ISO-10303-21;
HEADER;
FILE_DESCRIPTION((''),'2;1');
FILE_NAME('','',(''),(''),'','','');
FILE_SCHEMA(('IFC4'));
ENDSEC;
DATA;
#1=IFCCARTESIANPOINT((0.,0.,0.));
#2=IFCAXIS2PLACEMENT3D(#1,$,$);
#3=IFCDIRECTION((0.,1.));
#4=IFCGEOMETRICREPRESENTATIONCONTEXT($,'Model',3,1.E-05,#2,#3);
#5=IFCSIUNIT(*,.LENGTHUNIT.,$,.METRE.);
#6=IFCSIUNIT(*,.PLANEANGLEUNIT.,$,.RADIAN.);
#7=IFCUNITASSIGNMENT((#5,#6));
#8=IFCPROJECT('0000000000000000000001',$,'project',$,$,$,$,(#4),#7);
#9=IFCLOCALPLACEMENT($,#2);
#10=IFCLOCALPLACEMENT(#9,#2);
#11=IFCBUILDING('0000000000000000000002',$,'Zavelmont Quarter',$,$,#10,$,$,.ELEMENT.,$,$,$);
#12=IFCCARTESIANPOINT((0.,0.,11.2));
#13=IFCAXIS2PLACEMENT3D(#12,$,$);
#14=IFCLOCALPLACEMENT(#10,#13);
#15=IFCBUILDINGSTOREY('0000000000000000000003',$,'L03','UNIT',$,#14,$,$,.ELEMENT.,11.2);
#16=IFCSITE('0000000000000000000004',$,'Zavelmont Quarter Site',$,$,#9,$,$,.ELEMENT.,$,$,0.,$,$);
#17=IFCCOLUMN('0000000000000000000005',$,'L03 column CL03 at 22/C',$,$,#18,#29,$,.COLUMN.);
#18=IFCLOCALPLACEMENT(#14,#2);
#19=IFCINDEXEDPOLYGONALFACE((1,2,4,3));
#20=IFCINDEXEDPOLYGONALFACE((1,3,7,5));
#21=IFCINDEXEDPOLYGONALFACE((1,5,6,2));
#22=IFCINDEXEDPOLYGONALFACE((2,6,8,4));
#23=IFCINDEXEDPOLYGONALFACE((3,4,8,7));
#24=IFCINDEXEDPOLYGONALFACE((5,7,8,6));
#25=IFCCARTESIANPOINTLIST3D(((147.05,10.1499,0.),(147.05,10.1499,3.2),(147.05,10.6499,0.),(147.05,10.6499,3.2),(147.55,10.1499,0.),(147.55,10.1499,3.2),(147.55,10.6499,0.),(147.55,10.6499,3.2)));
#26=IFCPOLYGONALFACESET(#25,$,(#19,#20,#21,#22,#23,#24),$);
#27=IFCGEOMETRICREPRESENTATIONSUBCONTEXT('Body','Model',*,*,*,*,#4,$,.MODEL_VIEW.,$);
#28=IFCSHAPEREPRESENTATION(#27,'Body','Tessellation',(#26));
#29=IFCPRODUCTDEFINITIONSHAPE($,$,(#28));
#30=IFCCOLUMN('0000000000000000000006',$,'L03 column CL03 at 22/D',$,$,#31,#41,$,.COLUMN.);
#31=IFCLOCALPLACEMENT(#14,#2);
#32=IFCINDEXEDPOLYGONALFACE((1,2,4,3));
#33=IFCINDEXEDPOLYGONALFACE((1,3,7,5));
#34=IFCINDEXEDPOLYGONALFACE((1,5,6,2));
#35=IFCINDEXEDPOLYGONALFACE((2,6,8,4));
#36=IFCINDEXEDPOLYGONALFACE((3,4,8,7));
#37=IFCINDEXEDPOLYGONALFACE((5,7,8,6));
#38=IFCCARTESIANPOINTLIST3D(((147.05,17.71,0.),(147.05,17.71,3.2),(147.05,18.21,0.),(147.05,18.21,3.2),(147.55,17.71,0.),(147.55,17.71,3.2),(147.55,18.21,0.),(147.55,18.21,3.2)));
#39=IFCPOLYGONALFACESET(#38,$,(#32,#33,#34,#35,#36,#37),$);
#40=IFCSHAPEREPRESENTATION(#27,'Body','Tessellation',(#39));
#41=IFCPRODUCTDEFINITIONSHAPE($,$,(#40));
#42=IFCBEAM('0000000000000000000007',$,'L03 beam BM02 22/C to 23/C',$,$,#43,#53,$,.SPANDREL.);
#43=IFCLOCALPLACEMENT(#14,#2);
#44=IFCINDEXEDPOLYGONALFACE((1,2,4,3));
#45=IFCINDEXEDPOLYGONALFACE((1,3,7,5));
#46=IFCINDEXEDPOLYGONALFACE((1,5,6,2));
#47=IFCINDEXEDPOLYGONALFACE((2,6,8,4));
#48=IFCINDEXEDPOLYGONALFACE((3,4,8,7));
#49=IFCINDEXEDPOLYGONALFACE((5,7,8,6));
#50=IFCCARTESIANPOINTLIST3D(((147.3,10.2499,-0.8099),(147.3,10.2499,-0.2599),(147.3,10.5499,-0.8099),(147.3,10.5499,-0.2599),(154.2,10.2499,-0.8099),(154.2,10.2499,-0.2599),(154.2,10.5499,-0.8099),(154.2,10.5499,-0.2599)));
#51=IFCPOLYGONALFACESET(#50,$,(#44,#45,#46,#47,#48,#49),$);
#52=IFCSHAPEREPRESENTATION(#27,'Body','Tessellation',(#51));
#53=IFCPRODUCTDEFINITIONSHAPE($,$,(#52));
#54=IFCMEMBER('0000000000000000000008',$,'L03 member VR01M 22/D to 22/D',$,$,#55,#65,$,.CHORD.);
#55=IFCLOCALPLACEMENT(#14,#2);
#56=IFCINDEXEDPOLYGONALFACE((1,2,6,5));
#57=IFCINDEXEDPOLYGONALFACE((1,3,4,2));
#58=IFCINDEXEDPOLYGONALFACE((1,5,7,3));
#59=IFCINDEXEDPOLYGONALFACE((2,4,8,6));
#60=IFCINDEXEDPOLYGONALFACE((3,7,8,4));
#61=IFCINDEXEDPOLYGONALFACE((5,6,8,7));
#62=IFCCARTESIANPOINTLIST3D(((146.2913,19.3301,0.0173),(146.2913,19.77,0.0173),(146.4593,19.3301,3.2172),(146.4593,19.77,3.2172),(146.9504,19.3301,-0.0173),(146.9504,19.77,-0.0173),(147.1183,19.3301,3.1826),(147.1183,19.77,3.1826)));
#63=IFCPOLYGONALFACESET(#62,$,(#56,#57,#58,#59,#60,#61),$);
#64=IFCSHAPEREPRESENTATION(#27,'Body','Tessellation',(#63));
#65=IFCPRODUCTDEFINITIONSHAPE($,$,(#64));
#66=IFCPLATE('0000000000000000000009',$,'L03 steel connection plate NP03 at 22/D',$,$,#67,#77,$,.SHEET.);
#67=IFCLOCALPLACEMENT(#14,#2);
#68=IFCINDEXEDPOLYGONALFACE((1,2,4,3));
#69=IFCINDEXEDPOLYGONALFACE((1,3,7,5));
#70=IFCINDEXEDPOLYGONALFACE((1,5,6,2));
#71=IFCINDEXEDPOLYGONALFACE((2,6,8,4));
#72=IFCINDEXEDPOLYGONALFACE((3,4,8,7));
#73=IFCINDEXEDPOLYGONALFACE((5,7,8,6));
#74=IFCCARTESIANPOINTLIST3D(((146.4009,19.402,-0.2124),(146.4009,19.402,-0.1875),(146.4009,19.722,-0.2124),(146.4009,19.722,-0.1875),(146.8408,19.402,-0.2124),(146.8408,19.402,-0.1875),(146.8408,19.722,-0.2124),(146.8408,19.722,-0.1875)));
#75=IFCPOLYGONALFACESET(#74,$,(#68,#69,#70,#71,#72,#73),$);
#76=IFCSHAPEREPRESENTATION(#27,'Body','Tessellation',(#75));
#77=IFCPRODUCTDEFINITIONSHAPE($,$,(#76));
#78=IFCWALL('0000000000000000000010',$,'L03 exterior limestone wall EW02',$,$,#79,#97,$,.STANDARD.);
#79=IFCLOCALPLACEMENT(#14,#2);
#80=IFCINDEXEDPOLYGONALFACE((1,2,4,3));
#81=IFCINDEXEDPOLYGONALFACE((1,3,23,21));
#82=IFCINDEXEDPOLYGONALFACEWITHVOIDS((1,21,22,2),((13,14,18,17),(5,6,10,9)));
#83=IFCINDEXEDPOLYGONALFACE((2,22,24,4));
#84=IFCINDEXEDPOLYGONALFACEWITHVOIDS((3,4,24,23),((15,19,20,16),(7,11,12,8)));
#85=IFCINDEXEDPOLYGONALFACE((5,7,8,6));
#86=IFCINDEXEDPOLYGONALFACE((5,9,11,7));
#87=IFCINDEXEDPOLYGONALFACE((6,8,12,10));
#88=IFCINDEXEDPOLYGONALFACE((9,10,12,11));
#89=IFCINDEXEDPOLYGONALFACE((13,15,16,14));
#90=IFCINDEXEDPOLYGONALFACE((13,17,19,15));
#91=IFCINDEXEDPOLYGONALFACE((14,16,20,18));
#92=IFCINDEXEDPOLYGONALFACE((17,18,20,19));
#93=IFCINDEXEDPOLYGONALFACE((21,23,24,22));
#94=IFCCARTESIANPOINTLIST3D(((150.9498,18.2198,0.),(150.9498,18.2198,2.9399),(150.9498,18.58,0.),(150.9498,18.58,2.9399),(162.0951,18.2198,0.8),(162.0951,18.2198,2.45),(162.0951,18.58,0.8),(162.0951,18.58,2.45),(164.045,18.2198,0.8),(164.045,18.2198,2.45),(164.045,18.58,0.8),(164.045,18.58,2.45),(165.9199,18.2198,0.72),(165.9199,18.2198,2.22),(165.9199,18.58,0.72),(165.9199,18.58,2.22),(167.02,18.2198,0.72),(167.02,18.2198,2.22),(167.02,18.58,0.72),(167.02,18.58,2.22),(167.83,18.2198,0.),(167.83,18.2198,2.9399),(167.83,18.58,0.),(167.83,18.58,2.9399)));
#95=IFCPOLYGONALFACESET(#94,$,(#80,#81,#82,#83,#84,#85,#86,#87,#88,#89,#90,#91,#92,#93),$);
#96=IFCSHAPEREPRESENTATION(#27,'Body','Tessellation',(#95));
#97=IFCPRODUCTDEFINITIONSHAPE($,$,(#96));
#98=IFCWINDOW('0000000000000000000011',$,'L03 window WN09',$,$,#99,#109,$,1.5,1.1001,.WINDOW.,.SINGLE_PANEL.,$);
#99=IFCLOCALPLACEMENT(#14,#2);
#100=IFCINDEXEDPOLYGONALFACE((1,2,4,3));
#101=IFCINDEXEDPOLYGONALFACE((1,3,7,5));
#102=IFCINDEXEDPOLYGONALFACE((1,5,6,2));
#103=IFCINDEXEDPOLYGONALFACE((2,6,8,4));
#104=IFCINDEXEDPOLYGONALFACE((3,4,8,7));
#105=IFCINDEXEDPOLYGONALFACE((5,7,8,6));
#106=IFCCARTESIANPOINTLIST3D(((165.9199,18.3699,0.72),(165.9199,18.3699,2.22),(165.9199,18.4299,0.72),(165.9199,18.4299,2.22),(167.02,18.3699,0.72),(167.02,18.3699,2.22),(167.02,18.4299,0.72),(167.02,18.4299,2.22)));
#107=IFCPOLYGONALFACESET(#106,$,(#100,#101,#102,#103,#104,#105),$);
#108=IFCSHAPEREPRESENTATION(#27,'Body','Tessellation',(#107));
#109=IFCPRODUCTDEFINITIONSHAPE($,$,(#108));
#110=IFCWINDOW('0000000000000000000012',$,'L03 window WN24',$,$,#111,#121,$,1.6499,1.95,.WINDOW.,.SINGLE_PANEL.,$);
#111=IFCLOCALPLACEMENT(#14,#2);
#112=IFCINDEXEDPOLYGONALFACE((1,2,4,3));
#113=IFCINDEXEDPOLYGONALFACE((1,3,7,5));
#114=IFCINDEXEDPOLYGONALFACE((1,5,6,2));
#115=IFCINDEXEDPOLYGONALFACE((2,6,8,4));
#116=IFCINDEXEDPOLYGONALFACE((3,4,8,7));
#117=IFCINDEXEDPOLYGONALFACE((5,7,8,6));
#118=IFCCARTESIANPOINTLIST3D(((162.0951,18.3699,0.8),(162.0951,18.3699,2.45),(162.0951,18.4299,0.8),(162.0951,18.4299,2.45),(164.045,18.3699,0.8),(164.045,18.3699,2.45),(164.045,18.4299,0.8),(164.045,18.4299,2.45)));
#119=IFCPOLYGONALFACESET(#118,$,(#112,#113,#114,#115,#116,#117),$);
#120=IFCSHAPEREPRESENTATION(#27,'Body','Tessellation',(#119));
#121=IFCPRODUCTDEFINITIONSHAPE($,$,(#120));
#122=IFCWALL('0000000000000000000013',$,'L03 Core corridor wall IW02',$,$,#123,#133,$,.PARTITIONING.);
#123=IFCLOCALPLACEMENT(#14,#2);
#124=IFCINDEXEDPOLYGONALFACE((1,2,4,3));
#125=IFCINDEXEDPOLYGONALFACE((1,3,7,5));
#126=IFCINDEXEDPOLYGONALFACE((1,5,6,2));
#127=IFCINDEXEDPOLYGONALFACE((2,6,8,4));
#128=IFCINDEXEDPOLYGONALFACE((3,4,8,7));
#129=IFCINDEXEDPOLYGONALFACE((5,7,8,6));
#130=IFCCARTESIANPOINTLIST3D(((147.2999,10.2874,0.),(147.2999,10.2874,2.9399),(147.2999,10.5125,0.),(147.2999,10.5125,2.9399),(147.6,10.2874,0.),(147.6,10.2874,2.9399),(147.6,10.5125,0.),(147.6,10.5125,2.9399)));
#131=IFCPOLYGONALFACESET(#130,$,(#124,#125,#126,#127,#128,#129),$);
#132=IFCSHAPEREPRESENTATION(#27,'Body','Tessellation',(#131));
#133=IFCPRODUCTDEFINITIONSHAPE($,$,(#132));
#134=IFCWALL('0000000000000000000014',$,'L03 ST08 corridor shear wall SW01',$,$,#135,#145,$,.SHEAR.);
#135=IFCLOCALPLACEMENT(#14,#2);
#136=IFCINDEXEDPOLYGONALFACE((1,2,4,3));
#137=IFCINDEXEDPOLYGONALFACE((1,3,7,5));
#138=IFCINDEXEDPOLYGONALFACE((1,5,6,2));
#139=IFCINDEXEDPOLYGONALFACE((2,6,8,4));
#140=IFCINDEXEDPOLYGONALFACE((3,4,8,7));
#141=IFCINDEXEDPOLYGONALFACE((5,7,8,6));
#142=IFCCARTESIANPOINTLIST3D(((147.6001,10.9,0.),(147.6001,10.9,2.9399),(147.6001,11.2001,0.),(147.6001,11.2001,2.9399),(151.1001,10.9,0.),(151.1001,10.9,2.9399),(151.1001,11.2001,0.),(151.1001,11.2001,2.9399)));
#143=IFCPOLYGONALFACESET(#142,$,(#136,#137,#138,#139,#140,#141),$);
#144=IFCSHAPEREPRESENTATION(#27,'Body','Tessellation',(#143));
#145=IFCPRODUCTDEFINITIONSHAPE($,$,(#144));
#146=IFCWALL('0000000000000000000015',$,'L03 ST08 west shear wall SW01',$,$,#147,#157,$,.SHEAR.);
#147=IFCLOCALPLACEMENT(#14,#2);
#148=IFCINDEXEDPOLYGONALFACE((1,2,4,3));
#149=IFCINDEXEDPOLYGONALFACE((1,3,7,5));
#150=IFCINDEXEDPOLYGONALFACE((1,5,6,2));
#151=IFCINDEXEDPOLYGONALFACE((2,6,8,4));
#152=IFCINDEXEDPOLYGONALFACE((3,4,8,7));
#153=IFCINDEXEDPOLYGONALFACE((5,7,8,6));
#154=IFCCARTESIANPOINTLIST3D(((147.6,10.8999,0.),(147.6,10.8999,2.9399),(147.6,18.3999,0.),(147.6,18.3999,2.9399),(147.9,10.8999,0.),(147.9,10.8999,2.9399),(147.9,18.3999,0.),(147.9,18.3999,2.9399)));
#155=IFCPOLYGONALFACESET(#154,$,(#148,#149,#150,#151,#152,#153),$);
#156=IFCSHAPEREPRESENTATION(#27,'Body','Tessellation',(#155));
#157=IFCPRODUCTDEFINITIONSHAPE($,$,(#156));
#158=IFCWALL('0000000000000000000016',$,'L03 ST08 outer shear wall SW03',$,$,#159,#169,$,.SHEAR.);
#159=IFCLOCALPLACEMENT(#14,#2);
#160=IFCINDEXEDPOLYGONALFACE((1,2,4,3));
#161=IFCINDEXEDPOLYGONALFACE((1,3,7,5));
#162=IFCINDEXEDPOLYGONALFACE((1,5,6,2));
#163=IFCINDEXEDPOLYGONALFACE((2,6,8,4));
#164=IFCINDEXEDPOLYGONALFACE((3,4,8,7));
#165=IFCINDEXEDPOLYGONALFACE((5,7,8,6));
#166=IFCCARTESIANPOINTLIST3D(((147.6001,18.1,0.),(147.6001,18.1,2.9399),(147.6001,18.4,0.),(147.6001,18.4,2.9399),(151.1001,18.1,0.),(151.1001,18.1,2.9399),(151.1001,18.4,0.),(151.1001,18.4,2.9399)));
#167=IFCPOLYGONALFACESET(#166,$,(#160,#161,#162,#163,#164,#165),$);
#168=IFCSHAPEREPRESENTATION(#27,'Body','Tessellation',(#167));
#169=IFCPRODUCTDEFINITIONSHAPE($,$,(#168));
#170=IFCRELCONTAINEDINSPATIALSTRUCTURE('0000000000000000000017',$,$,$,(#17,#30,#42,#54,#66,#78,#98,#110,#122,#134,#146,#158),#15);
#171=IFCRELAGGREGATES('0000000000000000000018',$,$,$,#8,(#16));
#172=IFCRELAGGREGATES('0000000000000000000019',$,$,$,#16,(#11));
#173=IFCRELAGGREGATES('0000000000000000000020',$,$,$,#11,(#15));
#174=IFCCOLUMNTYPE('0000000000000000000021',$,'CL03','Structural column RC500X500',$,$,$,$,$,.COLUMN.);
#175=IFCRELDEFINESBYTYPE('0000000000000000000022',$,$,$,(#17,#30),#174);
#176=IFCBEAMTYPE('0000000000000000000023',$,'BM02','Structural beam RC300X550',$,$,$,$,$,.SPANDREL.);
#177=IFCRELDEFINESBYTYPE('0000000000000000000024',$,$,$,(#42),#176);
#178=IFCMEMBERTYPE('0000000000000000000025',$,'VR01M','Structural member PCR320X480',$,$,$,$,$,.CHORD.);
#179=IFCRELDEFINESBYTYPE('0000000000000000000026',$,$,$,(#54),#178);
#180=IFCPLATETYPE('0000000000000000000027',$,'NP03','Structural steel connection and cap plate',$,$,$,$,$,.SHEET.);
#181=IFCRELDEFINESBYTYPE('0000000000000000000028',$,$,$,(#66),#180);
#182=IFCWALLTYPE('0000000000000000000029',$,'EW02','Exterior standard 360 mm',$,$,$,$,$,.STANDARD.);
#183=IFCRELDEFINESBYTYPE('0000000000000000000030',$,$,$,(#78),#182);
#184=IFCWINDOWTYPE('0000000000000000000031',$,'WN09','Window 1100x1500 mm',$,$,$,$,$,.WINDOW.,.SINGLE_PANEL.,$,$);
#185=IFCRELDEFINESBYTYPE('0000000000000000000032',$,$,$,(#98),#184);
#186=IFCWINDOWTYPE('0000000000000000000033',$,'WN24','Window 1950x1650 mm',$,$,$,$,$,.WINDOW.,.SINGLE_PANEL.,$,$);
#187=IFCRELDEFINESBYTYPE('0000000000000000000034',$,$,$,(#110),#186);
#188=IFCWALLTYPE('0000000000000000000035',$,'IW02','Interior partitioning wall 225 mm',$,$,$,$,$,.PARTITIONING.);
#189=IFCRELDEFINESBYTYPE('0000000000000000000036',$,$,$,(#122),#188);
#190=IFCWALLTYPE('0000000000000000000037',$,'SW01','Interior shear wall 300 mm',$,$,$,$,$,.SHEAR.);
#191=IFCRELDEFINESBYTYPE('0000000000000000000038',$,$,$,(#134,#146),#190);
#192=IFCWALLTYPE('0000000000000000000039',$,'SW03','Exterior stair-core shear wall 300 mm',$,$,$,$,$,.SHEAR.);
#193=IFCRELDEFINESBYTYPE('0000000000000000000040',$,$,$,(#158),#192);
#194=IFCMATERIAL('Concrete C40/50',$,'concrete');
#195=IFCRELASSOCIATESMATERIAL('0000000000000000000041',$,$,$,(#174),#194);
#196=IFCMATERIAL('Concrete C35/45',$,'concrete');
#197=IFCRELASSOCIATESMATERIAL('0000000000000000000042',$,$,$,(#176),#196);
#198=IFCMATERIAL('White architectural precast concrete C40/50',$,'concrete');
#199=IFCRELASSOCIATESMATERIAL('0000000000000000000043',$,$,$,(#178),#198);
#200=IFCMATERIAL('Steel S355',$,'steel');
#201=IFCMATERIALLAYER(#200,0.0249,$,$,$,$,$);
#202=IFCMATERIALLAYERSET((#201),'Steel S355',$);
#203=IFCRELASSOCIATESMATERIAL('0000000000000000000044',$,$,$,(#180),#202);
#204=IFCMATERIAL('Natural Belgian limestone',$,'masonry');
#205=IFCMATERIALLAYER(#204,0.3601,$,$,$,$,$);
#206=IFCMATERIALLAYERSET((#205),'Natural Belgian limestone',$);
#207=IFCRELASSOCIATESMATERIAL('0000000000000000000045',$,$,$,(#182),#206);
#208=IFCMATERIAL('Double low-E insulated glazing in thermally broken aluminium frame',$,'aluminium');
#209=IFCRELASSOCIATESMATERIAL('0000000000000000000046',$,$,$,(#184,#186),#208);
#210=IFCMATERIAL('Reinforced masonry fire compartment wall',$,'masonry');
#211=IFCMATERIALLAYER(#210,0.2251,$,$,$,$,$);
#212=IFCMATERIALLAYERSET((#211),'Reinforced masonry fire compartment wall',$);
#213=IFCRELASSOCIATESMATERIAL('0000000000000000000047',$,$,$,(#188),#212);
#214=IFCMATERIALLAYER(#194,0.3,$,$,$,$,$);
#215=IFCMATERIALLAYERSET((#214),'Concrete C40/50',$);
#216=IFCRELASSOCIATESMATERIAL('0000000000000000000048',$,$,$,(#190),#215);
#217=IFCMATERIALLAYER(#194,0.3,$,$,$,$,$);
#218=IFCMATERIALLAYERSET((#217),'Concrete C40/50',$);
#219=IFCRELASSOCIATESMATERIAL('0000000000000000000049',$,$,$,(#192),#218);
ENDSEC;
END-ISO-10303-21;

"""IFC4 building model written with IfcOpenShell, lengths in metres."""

from ifc_helpers import new_model, si_unit, direction, frame, frame_2d, origin, origin_with_axes, origin_2d, place, context, subcontext, project, spatial, rectangle, extrude, material, layer, layer_set, material_profile, profile_set, type_object, element, fill, save


model = new_model("IFC4")

# Units and contexts
model_context = context("Model", 3, precision=1e-05, world=origin(), true_north=direction((0.0, 1.0)))
body_context = subcontext(model_context, "Body", "Model", "MODEL_VIEW")
ifc_project = project(units=[si_unit("LENGTHUNIT", "METRE"), si_unit("PLANEANGLEUNIT", "RADIAN")], contexts=[model_context])

# Site, building, storey
site_placement = place(None, origin())
site = spatial("IfcSite", under=ifc_project, at=site_placement, Name="Zavelmont Quarter Site", CompositionType="ELEMENT", RefElevation=0.0)
building_placement = place(site_placement, origin())
building = spatial("IfcBuilding", under=site, at=building_placement, Name="Zavelmont Quarter", CompositionType="ELEMENT")
storey_placement = place(building_placement, frame((0.0, 0.0, 11.2)))
storey = spatial("IfcBuildingStorey", under=building, at=storey_placement, Name="L03", Description="UNIT", CompositionType="ELEMENT", Elevation=11.2)

# Columns
ifc_material_1 = material(Name="Concrete C40/50", Category="concrete")
ifc_material_profile_1 = material_profile(ifc_material_1, rectangle(XDim=0.5, YDim=0.5, at=origin_2d()), Name="RC500X500")
ifc_profile_set_1 = profile_set([ifc_material_profile_1], Name="Concrete C40/50")
column_type = type_object("IfcColumnType", Name="CL03", Description="Structural column RC500X500", PredefinedType="COLUMN", material=ifc_profile_set_1)
for number, where, z_axis, x_axis, name in (
    (1, (147.3, 10.3999, 0.0), (0.0, 0.0, 1.0), (1.0, 0.0, 0.0), "L03 column CL03 at 22/C"),
    (2, (147.3, 17.96, 0.0), (0.0, 0.0, 1.0), (1.0, 0.0, 0.0), "L03 column CL03 at 22/D"),
):
    element("IfcColumn", number, at=place(storey_placement, frame(where, z_axis=z_axis, x_axis=x_axis)), inside=storey, type_object=column_type, Name=name, PredefinedType="COLUMN", context=body_context, shape_type="SweptSolid", body=[
        extrude(rectangle(XDim=0.5, YDim=0.5, at=origin_2d()), origin(), (0.0, 0.0, 1.0), 3.2),
    ])

# Beam
ifc_material_2 = material(Name="Concrete C35/45", Category="concrete")
ifc_material_profile_2 = material_profile(ifc_material_2, rectangle(XDim=0.3, YDim=0.55, at=origin_2d()), Name="RC300X550")
ifc_profile_set_2 = profile_set([ifc_material_profile_2], Name="Concrete C35/45")
beam_type = type_object("IfcBeamType", Name="BM02", Description="Structural beam RC300X550", PredefinedType="SPANDREL", material=ifc_profile_set_2)
beam_placement = place(storey_placement, frame((147.3, 10.3999, -0.5349), z_axis=(1.0, 0.0, 0.0), x_axis=(0.0, 1.0, 0.0)))
element("IfcBeam", 3, at=beam_placement, inside=storey, type_object=beam_type, Name="L03 beam BM02 22/C to 23/C", PredefinedType="SPANDREL", context=body_context, shape_type="SweptSolid", body=[
    extrude(rectangle(XDim=0.3, YDim=0.55, at=origin_2d()), origin(), (0.0, 0.0, 1.0), 6.8999),
])

# Member
ifc_material_3 = material(Name="White architectural precast concrete C40/50", Category="concrete")
ifc_material_profile_3 = material_profile(ifc_material_3, rectangle(XDim=0.4399, YDim=0.6599, at=origin_2d()), Name="PCR320X480")
ifc_profile_set_3 = profile_set([ifc_material_profile_3], Name="White architectural precast concrete C40/50")
member_type = type_object("IfcMemberType", Name="VR01M", Description="Structural member PCR320X480", PredefinedType="CHORD", material=ifc_profile_set_3)
member_placement = place(storey_placement, frame((146.6208, 19.55, 0.0), z_axis=(0.052419, 0.0, 0.998625), x_axis=(0.0, 1.0, 0.0)))
element("IfcMember", 4, at=member_placement, inside=storey, type_object=member_type, Name="L03 member VR01M 22/D to 22/D", PredefinedType="CHORD", context=body_context, shape_type="SweptSolid", body=[
    extrude(rectangle(XDim=0.4399, YDim=0.6599, at=origin_2d()), origin(), (0.0, 0.0, 1.0), 3.2043),
])

# Plate
ifc_material_4 = material(Name="Steel S355", Category="steel")
ifc_layer_1 = layer(ifc_material_4, 0.0249)
ifc_layer_set_1 = layer_set([ifc_layer_1], Name="Steel S355")
plate_type = type_object("IfcPlateType", Name="NP03", Description="Structural steel connection and cap plate", PredefinedType="SHEET", material=ifc_layer_set_1)
plate_placement = place(storey_placement, frame((146.6208, 19.562, -0.2124), z_axis=(0.0, 0.0, 1.0), x_axis=(1.0, 0.0, 0.0)))
element("IfcPlate", 5, at=plate_placement, inside=storey, type_object=plate_type, Name="L03 steel connection plate NP03 at 22/D", PredefinedType="SHEET", context=body_context, shape_type="SweptSolid", body=[
    extrude(rectangle(XDim=0.4399, YDim=0.3201, at=origin_2d()), origin(), (0.0, 0.0, 1.0), 0.0249),
])

# Wall, openings, windows
ifc_material_5 = material(Name="Natural Belgian limestone", Category="masonry")
ifc_layer_2 = layer(ifc_material_5, 0.3601)
ifc_layer_set_2 = layer_set([ifc_layer_2], Name="Natural Belgian limestone")
wall_type_1 = type_object("IfcWallType", Name="EW02", Description="Exterior standard 360 mm", PredefinedType="STANDARD", material=ifc_layer_set_2)
wall_1_placement = place(storey_placement, frame((150.95, 18.3999, 0.0), z_axis=(0.0, 0.0, 1.0), x_axis=(1.0, 0.0, 0.0)))
wall_1 = element("IfcWall", 6, at=wall_1_placement, inside=storey, type_object=wall_type_1, Name="L03 exterior limestone wall EW02", PredefinedType="STANDARD", context=body_context, shape_type="SweptSolid", body=[
    extrude(rectangle(XDim=16.8801, YDim=0.3601, at=frame_2d((8.4399, 0.0))), origin(), (0.0, 0.0, 1.0), 2.9399),
])
opening_1_placement = place(wall_1_placement, frame((11.145, 0.0, 0.8)))
opening_1 = element("IfcOpeningElement", 7, at=opening_1_placement, cuts=wall_1, PredefinedType="OPENING", context=body_context, shape_type="SweptSolid", body=[
    extrude(rectangle(XDim=1.95, YDim=1.6499, at=frame_2d((0.9751, 0.825))), frame((0.0, 0.1919, 0.0), z_axis=(0.0, -1.0, 0.0), x_axis=(1.0, 0.0, 0.0)), (0.0, 0.0, 1.0), 0.384),
])
opening_2_placement = place(wall_1_placement, frame((14.97, 0.0, 0.72)))
opening_2 = element("IfcOpeningElement", 8, at=opening_2_placement, cuts=wall_1, PredefinedType="OPENING", context=body_context, shape_type="SweptSolid", body=[
    extrude(rectangle(XDim=1.1001, YDim=1.5, at=frame_2d((0.55, 0.75))), frame((0.0, 0.1919, 0.0), z_axis=(0.0, -1.0, 0.0), x_axis=(1.0, 0.0, 0.0)), (0.0, 0.0, 1.0), 0.384),
])
ifc_material_6 = material(Name="Double low-E insulated glazing in thermally broken aluminium frame", Category="aluminium")
window_type_1 = type_object("IfcWindowType", Name="WN09", Description="Window 1100x1500 mm", PartitioningType="SINGLE_PANEL", PredefinedType="WINDOW", material=ifc_material_6)
window_1_placement = place(opening_2_placement, origin_with_axes())
window_1 = element("IfcWindow", 9, at=window_1_placement, inside=storey, type_object=window_type_1, Name="L03 window WN09", OverallHeight=1.5, OverallWidth=1.1001, PartitioningType="SINGLE_PANEL", PredefinedType="WINDOW", context=body_context, shape_type="SweptSolid", body=[
    extrude(rectangle(XDim=1.1001, YDim=1.5, at=frame_2d((0.55, 0.75))), frame((0.0, 0.03, 0.0), z_axis=(0.0, -1.0, 0.0), x_axis=(1.0, 0.0, 0.0)), (0.0, 0.0, 1.0), 0.0601),
])
fill(opening_2, window_1)
window_type_2 = type_object("IfcWindowType", Name="WN24", Description="Window 1950x1650 mm", PartitioningType="SINGLE_PANEL", PredefinedType="WINDOW", material=ifc_material_6)
window_2_placement = place(opening_1_placement, origin_with_axes())
window_2 = element("IfcWindow", 10, at=window_2_placement, inside=storey, type_object=window_type_2, Name="L03 window WN24", OverallHeight=1.6499, OverallWidth=1.95, PartitioningType="SINGLE_PANEL", PredefinedType="WINDOW", context=body_context, shape_type="SweptSolid", body=[
    extrude(rectangle(XDim=1.95, YDim=1.6499, at=frame_2d((0.9751, 0.825))), frame((0.0, 0.03, 0.0), z_axis=(0.0, -1.0, 0.0), x_axis=(1.0, 0.0, 0.0)), (0.0, 0.0, 1.0), 0.0601),
])
fill(opening_1, window_2)

# Walls
ifc_material_7 = material(Name="Reinforced masonry fire compartment wall", Category="masonry")
ifc_layer_3 = layer(ifc_material_7, 0.2251)
ifc_layer_set_3 = layer_set([ifc_layer_3], Name="Reinforced masonry fire compartment wall")
wall_type_2 = type_object("IfcWallType", Name="IW02", Description="Interior partitioning wall 225 mm", PredefinedType="PARTITIONING", material=ifc_layer_set_3)
wall_2_placement = place(storey_placement, frame((147.3, 10.3999, 0.0), z_axis=(0.0, 0.0, 1.0), x_axis=(1.0, 0.0, 0.0)))
element("IfcWall", 11, at=wall_2_placement, inside=storey, type_object=wall_type_2, Name="L03 Core corridor wall IW02", PredefinedType="PARTITIONING", context=body_context, shape_type="SweptSolid", body=[
    extrude(rectangle(XDim=0.3, YDim=0.2251, at=frame_2d((0.1499, 0.0))), origin(), (0.0, 0.0, 1.0), 2.9399),
])
ifc_layer_4 = layer(ifc_material_1, 0.3)
ifc_layer_set_4 = layer_set([ifc_layer_4], Name="Concrete C40/50")
wall_type_3 = type_object("IfcWallType", Name="SW01", Description="Interior shear wall 300 mm", PredefinedType="SHEAR", material=ifc_layer_set_4)
wall_3_placement = place(storey_placement, frame((147.6001, 11.05, 0.0), z_axis=(0.0, 0.0, 1.0), x_axis=(1.0, 0.0, 0.0)))
element("IfcWall", 12, at=wall_3_placement, inside=storey, type_object=wall_type_3, Name="L03 ST08 corridor shear wall SW01", PredefinedType="SHEAR", context=body_context, shape_type="SweptSolid", body=[
    extrude(rectangle(XDim=3.5, YDim=0.3, at=frame_2d((1.75, 0.0))), origin(), (0.0, 0.0, 1.0), 2.9399),
])
wall_4_placement = place(storey_placement, frame((147.75, 10.8999, 0.0), z_axis=(0.0, 0.0, 1.0), x_axis=(0.0, 1.0, 0.0)))
element("IfcWall", 13, at=wall_4_placement, inside=storey, type_object=wall_type_3, Name="L03 ST08 west shear wall SW01", PredefinedType="SHEAR", context=body_context, shape_type="SweptSolid", body=[
    extrude(rectangle(XDim=7.5, YDim=0.3, at=frame_2d((3.75, 0.0))), origin(), (0.0, 0.0, 1.0), 2.9399),
])

# Wall
ifc_layer_5 = layer(ifc_material_1, 0.3)
ifc_layer_set_5 = layer_set([ifc_layer_5], Name="Concrete C40/50")
wall_type_4 = type_object("IfcWallType", Name="SW03", Description="Exterior stair-core shear wall 300 mm", PredefinedType="SHEAR", material=ifc_layer_set_5)
wall_5_placement = place(storey_placement, frame((147.6001, 18.25, 0.0), z_axis=(0.0, 0.0, 1.0), x_axis=(1.0, 0.0, 0.0)))
element("IfcWall", 14, at=wall_5_placement, inside=storey, type_object=wall_type_4, Name="L03 ST08 outer shear wall SW03", PredefinedType="SHEAR", context=body_context, shape_type="SweptSolid", body=[
    extrude(rectangle(XDim=3.5, YDim=0.3, at=frame_2d((1.75, 0.0))), origin(), (0.0, 0.0, 1.0), 2.9399),
])

save(model, "model.ifc")
